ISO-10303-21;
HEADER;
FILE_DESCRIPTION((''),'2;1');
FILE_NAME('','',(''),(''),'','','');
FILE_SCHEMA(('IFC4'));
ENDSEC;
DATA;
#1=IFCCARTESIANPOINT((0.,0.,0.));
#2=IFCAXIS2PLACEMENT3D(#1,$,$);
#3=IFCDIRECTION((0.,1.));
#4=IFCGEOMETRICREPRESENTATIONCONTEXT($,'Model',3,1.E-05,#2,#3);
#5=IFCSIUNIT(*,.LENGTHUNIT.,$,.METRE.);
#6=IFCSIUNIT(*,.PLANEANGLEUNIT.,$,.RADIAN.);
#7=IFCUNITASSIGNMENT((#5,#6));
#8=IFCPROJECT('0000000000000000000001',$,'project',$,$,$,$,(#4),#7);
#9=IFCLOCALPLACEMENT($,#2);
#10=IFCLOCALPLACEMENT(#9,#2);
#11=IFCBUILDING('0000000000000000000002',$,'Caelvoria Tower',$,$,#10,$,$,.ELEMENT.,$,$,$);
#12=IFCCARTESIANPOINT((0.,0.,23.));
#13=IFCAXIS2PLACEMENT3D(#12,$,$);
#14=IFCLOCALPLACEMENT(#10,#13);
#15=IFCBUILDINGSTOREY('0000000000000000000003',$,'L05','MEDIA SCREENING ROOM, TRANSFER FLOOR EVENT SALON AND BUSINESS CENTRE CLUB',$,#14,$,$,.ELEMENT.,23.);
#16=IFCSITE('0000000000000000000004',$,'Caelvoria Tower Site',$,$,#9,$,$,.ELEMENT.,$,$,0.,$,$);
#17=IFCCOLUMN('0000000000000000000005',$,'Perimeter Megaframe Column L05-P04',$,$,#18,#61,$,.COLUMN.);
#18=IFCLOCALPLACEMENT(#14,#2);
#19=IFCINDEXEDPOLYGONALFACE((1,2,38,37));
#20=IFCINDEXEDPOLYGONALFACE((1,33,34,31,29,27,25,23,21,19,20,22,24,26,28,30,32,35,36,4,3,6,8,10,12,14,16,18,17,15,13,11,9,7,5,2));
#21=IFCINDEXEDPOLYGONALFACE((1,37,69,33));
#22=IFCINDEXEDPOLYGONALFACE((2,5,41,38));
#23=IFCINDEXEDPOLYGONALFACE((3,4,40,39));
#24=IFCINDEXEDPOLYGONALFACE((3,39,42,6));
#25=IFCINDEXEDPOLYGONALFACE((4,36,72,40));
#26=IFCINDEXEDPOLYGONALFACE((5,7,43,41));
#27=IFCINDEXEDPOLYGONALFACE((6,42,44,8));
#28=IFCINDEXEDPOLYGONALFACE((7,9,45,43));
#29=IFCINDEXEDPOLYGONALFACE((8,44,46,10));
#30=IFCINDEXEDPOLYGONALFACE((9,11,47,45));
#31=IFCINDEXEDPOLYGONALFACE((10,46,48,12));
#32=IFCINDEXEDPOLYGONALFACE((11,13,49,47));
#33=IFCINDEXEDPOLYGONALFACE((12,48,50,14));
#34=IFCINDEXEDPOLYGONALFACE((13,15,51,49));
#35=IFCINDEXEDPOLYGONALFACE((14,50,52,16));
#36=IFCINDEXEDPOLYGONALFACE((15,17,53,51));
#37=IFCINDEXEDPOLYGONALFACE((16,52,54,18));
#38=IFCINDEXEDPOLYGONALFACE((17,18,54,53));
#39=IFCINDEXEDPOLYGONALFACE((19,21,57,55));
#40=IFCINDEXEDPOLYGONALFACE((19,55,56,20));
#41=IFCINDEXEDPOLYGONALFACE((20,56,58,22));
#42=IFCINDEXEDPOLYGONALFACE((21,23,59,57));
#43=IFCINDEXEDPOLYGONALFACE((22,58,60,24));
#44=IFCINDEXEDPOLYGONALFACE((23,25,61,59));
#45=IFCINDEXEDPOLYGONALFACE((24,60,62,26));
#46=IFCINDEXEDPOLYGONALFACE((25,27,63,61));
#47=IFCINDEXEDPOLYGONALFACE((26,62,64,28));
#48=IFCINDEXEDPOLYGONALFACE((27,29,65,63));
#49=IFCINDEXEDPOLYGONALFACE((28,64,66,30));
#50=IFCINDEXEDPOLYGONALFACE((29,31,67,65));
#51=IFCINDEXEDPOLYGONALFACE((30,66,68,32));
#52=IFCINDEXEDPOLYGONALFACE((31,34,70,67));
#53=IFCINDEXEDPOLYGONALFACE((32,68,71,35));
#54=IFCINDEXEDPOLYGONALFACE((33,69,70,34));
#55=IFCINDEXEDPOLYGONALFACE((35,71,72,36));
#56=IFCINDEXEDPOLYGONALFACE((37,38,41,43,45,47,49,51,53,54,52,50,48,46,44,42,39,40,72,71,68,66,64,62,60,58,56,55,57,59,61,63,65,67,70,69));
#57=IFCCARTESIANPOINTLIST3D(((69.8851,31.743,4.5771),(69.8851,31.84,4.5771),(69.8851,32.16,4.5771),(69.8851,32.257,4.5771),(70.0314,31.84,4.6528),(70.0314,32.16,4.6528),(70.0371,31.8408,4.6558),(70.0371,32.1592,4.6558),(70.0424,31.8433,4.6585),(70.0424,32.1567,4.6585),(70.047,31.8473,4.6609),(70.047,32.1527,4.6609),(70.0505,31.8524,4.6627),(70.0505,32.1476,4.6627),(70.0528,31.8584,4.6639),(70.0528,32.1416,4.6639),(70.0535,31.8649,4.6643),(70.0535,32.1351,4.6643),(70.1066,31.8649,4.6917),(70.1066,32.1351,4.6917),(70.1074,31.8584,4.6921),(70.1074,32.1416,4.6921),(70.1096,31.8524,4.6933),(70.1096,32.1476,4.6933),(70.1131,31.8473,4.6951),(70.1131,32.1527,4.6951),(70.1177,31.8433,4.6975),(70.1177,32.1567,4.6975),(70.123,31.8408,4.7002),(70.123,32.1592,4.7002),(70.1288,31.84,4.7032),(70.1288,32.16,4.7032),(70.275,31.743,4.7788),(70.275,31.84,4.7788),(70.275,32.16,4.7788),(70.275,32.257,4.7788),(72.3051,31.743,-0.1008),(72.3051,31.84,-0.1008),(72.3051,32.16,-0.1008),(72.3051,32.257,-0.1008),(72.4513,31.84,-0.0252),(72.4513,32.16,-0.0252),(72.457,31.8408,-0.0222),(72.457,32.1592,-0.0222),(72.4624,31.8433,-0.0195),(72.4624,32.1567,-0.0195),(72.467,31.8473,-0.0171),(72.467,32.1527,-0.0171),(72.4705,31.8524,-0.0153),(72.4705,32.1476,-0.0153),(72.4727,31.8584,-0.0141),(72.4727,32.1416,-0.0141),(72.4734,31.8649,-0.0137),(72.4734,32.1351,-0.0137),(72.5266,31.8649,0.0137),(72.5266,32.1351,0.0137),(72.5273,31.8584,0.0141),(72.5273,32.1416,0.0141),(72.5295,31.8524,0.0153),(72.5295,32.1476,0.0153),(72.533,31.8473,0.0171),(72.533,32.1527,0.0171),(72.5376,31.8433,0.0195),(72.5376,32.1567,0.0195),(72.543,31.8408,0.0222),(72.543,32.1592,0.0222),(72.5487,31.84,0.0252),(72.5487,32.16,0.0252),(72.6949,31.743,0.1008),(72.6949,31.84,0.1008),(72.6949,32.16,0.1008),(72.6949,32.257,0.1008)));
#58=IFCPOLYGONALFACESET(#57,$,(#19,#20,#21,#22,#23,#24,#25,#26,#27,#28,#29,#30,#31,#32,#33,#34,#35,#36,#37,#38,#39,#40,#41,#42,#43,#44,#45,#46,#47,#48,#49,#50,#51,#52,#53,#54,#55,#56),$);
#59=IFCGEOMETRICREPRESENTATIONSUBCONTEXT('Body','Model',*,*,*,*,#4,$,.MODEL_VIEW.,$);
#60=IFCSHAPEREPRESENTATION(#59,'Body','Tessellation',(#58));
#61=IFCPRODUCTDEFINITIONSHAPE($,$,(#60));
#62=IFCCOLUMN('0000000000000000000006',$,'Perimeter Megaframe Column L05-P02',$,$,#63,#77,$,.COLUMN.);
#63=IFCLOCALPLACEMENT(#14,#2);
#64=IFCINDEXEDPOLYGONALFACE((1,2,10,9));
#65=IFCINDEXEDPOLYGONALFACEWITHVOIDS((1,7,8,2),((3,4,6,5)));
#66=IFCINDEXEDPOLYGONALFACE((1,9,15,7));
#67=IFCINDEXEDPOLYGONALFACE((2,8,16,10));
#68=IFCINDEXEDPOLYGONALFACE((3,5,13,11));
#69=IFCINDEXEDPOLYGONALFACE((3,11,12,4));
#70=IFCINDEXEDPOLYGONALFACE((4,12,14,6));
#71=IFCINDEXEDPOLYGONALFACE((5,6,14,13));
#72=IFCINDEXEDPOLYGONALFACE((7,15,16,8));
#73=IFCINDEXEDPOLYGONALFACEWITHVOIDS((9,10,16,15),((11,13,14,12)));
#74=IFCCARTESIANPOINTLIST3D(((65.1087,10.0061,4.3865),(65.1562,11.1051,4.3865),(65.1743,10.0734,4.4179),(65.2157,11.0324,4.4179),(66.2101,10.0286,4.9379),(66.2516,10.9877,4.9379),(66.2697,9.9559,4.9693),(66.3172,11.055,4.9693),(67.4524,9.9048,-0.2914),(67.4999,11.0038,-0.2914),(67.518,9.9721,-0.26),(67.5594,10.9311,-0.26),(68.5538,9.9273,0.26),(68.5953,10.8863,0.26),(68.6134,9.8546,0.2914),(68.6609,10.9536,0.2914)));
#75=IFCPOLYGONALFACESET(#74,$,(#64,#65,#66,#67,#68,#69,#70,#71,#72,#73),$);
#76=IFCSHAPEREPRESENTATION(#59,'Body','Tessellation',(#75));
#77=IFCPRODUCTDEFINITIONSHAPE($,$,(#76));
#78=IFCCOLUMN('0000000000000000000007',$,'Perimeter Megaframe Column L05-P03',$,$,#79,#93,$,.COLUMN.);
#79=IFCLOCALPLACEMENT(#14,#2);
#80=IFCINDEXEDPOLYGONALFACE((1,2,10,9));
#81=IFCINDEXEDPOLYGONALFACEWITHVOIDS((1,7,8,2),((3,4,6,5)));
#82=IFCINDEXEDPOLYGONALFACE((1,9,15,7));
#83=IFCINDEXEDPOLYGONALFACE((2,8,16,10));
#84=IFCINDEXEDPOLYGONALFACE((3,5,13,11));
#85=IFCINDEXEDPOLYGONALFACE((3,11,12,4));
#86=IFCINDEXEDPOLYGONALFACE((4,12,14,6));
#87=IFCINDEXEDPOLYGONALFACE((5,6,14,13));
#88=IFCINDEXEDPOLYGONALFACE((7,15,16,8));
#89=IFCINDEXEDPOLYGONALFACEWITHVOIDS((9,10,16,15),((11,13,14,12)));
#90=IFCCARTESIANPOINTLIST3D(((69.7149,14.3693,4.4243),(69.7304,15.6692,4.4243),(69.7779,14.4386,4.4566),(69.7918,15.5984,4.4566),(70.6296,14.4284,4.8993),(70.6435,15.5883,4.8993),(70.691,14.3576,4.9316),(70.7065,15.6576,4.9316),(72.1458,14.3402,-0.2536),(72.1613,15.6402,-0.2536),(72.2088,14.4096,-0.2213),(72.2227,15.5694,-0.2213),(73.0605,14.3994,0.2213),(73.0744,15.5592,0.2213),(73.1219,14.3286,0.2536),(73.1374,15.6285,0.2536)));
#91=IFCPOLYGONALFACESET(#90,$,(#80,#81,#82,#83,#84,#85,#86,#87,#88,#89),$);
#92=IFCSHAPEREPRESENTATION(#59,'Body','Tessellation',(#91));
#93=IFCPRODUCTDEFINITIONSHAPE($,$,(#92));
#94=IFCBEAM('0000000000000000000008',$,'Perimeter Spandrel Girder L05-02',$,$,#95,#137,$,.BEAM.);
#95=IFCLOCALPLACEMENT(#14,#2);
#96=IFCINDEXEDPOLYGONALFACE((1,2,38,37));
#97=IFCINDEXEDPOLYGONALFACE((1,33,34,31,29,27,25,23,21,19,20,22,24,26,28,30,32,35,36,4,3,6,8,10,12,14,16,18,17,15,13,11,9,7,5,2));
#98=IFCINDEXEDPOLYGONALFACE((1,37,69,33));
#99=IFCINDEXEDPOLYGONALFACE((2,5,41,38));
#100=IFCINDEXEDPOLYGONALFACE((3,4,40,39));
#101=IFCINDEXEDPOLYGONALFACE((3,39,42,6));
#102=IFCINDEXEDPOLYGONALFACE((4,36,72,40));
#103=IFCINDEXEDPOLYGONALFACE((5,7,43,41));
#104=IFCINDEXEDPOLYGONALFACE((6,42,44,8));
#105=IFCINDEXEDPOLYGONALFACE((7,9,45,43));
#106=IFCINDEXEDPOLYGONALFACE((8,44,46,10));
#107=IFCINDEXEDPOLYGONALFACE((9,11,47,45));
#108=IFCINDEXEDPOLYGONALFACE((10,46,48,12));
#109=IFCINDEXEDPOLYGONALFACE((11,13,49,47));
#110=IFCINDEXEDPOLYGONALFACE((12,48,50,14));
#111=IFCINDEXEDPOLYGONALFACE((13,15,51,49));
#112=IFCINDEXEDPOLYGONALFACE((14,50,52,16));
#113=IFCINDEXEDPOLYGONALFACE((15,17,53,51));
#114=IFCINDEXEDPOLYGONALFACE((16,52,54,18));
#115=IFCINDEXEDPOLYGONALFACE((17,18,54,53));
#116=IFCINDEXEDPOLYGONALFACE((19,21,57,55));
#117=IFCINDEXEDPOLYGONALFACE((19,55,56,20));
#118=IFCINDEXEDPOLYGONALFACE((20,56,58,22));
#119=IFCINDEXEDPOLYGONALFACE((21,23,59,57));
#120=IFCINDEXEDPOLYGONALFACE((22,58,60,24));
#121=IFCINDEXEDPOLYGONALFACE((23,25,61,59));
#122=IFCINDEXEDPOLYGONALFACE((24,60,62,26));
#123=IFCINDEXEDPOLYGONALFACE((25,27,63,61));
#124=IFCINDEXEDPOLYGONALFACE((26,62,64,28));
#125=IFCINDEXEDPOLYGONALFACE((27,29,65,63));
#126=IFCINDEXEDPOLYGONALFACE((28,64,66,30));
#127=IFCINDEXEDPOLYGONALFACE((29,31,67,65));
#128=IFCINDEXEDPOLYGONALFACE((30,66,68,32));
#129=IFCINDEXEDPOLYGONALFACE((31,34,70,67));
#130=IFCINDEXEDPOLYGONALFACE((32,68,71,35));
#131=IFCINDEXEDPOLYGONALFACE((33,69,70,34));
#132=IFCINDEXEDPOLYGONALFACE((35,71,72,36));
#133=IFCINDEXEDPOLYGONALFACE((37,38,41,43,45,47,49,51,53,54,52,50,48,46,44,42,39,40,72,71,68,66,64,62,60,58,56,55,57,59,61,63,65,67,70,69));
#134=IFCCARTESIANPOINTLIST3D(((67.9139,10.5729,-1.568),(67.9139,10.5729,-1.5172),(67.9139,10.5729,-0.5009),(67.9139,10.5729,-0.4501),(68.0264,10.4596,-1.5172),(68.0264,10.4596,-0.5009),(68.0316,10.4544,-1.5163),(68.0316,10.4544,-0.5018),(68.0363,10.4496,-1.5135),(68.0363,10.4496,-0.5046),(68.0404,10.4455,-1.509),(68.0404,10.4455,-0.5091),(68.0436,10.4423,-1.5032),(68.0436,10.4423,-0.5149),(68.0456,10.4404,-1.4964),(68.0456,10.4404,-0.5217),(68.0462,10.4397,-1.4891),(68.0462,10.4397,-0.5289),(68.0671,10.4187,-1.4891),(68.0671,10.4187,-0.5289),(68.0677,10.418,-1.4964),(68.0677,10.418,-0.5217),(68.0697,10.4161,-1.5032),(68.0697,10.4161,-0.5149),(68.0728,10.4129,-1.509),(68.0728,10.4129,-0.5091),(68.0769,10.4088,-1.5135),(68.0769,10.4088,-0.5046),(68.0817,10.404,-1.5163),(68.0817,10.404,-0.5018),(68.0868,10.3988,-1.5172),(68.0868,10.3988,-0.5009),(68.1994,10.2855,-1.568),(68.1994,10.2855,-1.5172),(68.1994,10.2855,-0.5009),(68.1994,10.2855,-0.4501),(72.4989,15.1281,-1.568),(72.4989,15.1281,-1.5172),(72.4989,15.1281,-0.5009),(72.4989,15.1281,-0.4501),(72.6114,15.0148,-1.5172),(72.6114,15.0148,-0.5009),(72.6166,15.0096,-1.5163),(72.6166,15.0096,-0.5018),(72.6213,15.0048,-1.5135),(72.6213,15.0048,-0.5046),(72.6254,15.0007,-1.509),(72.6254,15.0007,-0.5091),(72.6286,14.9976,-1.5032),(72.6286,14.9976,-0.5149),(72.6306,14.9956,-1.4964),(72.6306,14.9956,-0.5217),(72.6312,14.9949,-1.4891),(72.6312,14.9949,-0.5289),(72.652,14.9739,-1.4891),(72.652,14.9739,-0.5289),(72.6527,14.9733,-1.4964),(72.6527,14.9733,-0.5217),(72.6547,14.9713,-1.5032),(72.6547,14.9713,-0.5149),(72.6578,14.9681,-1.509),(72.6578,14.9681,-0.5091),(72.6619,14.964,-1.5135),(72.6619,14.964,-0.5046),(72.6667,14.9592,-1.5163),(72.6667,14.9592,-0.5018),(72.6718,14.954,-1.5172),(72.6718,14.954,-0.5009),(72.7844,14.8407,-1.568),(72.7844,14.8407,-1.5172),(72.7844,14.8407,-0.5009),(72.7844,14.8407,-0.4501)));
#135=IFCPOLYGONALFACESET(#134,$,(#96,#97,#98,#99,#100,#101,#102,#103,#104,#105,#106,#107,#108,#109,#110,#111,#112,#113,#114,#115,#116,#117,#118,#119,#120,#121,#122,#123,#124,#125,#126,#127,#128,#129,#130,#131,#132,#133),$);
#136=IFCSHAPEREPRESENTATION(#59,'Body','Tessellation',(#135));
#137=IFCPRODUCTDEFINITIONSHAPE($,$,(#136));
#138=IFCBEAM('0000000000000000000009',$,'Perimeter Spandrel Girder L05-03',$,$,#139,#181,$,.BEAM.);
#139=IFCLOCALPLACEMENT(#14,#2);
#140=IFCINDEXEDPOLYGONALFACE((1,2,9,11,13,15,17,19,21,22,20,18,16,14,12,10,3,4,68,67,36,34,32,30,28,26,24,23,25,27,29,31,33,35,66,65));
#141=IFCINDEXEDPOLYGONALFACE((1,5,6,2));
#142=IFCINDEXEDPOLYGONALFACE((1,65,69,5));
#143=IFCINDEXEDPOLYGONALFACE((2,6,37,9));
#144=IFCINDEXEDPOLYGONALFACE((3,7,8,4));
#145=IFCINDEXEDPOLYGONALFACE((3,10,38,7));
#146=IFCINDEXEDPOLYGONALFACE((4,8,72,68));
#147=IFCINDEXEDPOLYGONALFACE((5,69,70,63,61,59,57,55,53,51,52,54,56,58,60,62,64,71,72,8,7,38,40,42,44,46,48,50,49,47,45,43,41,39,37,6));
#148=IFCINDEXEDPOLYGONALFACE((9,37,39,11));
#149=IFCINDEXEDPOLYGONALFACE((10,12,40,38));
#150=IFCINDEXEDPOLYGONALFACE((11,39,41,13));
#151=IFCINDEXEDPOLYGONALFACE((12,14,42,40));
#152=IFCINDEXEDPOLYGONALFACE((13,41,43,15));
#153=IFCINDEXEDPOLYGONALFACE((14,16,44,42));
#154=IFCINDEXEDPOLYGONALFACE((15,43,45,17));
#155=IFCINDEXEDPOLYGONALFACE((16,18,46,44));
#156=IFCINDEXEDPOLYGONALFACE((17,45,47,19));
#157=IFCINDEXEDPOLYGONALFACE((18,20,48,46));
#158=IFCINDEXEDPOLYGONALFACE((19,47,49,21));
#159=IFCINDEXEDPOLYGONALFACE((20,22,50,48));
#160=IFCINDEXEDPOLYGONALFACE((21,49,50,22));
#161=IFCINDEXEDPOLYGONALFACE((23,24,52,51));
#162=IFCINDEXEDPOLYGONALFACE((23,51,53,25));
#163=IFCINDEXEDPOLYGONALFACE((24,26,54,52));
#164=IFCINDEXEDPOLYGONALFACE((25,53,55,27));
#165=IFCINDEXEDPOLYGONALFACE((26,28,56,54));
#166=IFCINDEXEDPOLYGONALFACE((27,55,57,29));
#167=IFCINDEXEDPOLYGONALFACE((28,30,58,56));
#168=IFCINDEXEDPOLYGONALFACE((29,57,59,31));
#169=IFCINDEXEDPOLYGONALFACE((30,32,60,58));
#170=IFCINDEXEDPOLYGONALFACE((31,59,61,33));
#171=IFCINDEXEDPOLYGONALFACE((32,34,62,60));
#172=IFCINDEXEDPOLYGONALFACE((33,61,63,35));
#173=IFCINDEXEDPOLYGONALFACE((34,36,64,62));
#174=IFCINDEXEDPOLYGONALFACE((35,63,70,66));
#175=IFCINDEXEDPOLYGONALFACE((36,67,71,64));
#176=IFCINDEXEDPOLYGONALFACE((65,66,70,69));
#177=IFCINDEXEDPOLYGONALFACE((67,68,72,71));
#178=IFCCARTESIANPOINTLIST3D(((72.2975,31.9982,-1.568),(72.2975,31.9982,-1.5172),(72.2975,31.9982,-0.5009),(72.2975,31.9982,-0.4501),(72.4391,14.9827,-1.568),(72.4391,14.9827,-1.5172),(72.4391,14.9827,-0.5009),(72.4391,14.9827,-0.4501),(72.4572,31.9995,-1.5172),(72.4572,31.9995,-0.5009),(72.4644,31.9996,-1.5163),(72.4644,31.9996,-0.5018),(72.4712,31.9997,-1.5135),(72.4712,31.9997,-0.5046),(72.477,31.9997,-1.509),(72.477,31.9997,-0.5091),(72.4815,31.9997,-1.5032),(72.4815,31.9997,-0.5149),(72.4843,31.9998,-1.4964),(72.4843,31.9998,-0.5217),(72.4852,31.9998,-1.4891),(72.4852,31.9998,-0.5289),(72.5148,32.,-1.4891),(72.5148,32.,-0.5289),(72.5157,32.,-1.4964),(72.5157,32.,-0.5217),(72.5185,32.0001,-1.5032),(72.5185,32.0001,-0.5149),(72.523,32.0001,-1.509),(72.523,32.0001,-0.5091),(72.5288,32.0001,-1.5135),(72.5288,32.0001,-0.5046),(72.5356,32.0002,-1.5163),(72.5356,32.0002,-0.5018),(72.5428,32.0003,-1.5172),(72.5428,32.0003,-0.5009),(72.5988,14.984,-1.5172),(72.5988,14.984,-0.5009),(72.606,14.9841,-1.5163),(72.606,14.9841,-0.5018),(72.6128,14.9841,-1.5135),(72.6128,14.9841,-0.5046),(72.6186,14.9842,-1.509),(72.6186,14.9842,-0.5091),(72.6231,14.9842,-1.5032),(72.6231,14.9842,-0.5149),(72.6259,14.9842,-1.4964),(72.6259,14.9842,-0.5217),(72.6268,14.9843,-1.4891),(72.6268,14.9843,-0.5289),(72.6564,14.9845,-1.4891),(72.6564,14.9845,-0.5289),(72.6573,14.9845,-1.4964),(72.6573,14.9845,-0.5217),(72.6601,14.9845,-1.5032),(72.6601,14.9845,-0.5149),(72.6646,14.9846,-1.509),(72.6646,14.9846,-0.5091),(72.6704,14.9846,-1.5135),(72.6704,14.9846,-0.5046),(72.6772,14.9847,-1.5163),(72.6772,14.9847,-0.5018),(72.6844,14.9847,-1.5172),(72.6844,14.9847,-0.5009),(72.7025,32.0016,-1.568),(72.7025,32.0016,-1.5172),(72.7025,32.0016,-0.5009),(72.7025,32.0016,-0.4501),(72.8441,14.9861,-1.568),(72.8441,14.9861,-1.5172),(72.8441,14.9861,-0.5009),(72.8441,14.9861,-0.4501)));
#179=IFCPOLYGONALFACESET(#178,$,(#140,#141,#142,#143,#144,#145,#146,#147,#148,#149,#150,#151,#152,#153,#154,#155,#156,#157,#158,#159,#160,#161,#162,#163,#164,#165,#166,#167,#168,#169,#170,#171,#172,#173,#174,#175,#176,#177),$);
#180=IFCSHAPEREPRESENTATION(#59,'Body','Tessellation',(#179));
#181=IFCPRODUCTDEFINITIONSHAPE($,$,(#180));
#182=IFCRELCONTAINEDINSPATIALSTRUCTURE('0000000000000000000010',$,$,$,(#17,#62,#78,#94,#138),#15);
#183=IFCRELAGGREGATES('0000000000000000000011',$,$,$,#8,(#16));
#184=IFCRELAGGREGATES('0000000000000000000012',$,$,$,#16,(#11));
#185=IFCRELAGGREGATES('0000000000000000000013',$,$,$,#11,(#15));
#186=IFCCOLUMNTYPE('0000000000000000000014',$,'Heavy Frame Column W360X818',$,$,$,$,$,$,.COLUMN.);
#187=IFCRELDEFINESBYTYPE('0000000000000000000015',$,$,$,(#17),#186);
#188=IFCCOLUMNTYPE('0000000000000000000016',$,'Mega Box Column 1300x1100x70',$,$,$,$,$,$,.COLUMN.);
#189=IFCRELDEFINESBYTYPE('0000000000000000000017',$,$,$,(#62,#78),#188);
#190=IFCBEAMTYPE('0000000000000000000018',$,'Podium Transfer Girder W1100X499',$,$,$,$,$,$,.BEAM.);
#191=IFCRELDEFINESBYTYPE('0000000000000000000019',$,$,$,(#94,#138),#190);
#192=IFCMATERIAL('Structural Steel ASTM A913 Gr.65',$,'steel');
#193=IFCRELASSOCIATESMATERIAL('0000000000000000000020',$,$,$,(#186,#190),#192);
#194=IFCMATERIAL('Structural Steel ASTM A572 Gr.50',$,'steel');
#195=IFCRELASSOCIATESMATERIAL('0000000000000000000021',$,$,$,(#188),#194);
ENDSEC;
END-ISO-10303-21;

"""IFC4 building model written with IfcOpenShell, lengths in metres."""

from ifc_helpers import new_model, si_unit, direction, frame, origin, origin_2d, place, context, subcontext, project, spatial, hollow_rectangle, i_section, extrude, material, material_profile, profile_set, type_object, element, save


model = new_model("IFC4")

# Units and contexts
model_context = context("Model", 3, precision=1e-05, world=origin(), true_north=direction((0.0, 1.0)))
body_context = subcontext(model_context, "Body", "Model", "MODEL_VIEW")
ifc_project = project(units=[si_unit("LENGTHUNIT", "METRE"), si_unit("PLANEANGLEUNIT", "RADIAN")], contexts=[model_context])

# Site, building, storey
site_placement = place(None, origin())
site = spatial("IfcSite", under=ifc_project, at=site_placement, Name="Caelvoria Tower Site", CompositionType="ELEMENT", RefElevation=0.0)
building_placement = place(site_placement, origin())
building = spatial("IfcBuilding", under=site, at=building_placement, Name="Caelvoria Tower", CompositionType="ELEMENT")
storey_placement = place(building_placement, frame((0.0, 0.0, 23.0)))
storey = spatial("IfcBuildingStorey", under=building, at=storey_placement, Name="L05", Description="MEDIA SCREENING ROOM, TRANSFER FLOOR EVENT SALON AND BUSINESS CENTRE CLUB", CompositionType="ELEMENT", Elevation=23.0)

# Columns
ifc_material_1 = material(Name="Structural Steel ASTM A913 Gr.65", Category="steel")
ifc_material_profile_1 = material_profile(ifc_material_1, i_section(OverallWidth=0.439, OverallDepth=0.5139, WebThickness=0.0598, FlangeThickness=0.0969, FilletRadius=0.0249, at=origin_2d()), Name="Structural Steel ASTM A913 Gr.65")
ifc_profile_set_1 = profile_set([ifc_material_profile_1], Name="W360X818 - Structural Steel ASTM A913 Gr.65")
column_type_1 = type_object("IfcColumnType", Name="Heavy Frame Column W360X818", PredefinedType="COLUMN", material=ifc_profile_set_1)
column_1_placement = place(storey_placement, frame((72.5, 32.0, 0.0), z_axis=(-0.459465, 0.0, 0.888196), x_axis=(0.888196, 0.0, 0.459465)))
element("IfcColumn", 1, at=column_1_placement, inside=storey, type_object=column_type_1, Name="Perimeter Megaframe Column L05-P04", PredefinedType="COLUMN", context=body_context, shape_type="SweptSolid", body=[
    extrude(i_section(OverallWidth=0.439, OverallDepth=0.5139, WebThickness=0.0598, FlangeThickness=0.0969, FilletRadius=0.0249, at=origin_2d()), origin(), (0.0, 0.0, 1.0), 5.2668),
])
ifc_material_2 = material(Name="Structural Steel ASTM A572 Gr.50", Category="steel")
ifc_material_profile_2 = material_profile(ifc_material_2, hollow_rectangle(XDim=1.1001, YDim=1.3, WallThickness=0.0701, at=origin_2d()), Name="Structural Steel ASTM A572 Gr.50")
ifc_profile_set_2 = profile_set([ifc_material_profile_2], Name="BOX1300X1100X70 - Structural Steel ASTM A572 Gr.50")
column_type_2 = type_object("IfcColumnType", Name="Mega Box Column 1300x1100x70", PredefinedType="COLUMN", material=ifc_profile_set_2)
column_2_placement = place(storey_placement, frame((68.0566, 10.4292, 0.0), z_axis=(-0.447857, 0.019361, 0.893895), x_axis=(-0.043189, -0.999067, 0.0)))
element("IfcColumn", 2, at=column_2_placement, inside=storey, type_object=column_type_2, Name="Perimeter Megaframe Column L05-P02", PredefinedType="COLUMN", context=body_context, shape_type="SweptSolid", body=[
    extrude(hollow_rectangle(XDim=1.1001, YDim=1.3, WallThickness=0.0701, at=origin_2d()), origin(), (0.0, 0.0, 1.0), 5.2332),
])
column_3_placement = place(storey_placement, frame((72.6416, 14.9844, 0.0), z_axis=(-0.461101, 0.005511, 0.887331), x_axis=(0.887267, -0.010604, 0.461134)))
element("IfcColumn", 3, at=column_3_placement, inside=storey, type_object=column_type_2, Name="Perimeter Megaframe Column L05-P03", PredefinedType="COLUMN", context=body_context, shape_type="SweptSolid", body=[
    extrude(hollow_rectangle(XDim=1.1001, YDim=1.3, WallThickness=0.0701, at=origin_2d()), origin(), (0.0, 0.0, 1.0), 5.272),
])

# Beams
ifc_material_profile_3 = material_profile(ifc_material_1, i_section(OverallWidth=0.405, OverallDepth=1.1179, WebThickness=0.0295, FlangeThickness=0.0508, FilletRadius=0.0281, at=origin_2d()), Name="Structural Steel ASTM A913 Gr.65")
ifc_profile_set_3 = profile_set([ifc_material_profile_3], Name="W1100X499 - Structural Steel ASTM A913 Gr.65")
beam_type_1 = type_object("IfcBeamType", Name="Podium Transfer Girder W1100X499", PredefinedType="BEAM", material=ifc_profile_set_3)
beam_1_placement = place(storey_placement, frame((68.0566, 10.4292, -1.009), z_axis=(0.709407, 0.704799, 0.0), x_axis=(-0.704799, 0.709407, 0.0)))
element("IfcBeam", 4, at=beam_1_placement, inside=storey, type_object=beam_type_1, Name="Perimeter Spandrel Girder L05-02", PredefinedType="BEAM", context=body_context, shape_type="SweptSolid", body=[
    extrude(i_section(OverallWidth=0.405, OverallDepth=1.1179, WebThickness=0.0295, FlangeThickness=0.0508, FilletRadius=0.0281, at=origin_2d()), origin(), (0.0, 0.0, 1.0), 6.4631),
])
for number, where, z_axis, x_axis, name in (
    (5, (72.6416, 14.9844, -1.009), (-0.008322, 0.999965, 0.0), (-0.999965, -0.008322, 0.0), "Perimeter Spandrel Girder L05-03"),
):
    element("IfcBeam", number, at=place(storey_placement, frame(where, z_axis=z_axis, x_axis=x_axis)), inside=storey, type_object=beam_type_1, Name=name, PredefinedType="BEAM", context=body_context, shape_type="SweptSolid", body=[
        extrude(i_section(OverallWidth=0.405, OverallDepth=1.1179, WebThickness=0.0295, FlangeThickness=0.0508, FilletRadius=0.0281, at=origin_2d()), origin(), (0.0, 0.0, 1.0), 17.0161),
    ])

save(model, "model.ifc")
